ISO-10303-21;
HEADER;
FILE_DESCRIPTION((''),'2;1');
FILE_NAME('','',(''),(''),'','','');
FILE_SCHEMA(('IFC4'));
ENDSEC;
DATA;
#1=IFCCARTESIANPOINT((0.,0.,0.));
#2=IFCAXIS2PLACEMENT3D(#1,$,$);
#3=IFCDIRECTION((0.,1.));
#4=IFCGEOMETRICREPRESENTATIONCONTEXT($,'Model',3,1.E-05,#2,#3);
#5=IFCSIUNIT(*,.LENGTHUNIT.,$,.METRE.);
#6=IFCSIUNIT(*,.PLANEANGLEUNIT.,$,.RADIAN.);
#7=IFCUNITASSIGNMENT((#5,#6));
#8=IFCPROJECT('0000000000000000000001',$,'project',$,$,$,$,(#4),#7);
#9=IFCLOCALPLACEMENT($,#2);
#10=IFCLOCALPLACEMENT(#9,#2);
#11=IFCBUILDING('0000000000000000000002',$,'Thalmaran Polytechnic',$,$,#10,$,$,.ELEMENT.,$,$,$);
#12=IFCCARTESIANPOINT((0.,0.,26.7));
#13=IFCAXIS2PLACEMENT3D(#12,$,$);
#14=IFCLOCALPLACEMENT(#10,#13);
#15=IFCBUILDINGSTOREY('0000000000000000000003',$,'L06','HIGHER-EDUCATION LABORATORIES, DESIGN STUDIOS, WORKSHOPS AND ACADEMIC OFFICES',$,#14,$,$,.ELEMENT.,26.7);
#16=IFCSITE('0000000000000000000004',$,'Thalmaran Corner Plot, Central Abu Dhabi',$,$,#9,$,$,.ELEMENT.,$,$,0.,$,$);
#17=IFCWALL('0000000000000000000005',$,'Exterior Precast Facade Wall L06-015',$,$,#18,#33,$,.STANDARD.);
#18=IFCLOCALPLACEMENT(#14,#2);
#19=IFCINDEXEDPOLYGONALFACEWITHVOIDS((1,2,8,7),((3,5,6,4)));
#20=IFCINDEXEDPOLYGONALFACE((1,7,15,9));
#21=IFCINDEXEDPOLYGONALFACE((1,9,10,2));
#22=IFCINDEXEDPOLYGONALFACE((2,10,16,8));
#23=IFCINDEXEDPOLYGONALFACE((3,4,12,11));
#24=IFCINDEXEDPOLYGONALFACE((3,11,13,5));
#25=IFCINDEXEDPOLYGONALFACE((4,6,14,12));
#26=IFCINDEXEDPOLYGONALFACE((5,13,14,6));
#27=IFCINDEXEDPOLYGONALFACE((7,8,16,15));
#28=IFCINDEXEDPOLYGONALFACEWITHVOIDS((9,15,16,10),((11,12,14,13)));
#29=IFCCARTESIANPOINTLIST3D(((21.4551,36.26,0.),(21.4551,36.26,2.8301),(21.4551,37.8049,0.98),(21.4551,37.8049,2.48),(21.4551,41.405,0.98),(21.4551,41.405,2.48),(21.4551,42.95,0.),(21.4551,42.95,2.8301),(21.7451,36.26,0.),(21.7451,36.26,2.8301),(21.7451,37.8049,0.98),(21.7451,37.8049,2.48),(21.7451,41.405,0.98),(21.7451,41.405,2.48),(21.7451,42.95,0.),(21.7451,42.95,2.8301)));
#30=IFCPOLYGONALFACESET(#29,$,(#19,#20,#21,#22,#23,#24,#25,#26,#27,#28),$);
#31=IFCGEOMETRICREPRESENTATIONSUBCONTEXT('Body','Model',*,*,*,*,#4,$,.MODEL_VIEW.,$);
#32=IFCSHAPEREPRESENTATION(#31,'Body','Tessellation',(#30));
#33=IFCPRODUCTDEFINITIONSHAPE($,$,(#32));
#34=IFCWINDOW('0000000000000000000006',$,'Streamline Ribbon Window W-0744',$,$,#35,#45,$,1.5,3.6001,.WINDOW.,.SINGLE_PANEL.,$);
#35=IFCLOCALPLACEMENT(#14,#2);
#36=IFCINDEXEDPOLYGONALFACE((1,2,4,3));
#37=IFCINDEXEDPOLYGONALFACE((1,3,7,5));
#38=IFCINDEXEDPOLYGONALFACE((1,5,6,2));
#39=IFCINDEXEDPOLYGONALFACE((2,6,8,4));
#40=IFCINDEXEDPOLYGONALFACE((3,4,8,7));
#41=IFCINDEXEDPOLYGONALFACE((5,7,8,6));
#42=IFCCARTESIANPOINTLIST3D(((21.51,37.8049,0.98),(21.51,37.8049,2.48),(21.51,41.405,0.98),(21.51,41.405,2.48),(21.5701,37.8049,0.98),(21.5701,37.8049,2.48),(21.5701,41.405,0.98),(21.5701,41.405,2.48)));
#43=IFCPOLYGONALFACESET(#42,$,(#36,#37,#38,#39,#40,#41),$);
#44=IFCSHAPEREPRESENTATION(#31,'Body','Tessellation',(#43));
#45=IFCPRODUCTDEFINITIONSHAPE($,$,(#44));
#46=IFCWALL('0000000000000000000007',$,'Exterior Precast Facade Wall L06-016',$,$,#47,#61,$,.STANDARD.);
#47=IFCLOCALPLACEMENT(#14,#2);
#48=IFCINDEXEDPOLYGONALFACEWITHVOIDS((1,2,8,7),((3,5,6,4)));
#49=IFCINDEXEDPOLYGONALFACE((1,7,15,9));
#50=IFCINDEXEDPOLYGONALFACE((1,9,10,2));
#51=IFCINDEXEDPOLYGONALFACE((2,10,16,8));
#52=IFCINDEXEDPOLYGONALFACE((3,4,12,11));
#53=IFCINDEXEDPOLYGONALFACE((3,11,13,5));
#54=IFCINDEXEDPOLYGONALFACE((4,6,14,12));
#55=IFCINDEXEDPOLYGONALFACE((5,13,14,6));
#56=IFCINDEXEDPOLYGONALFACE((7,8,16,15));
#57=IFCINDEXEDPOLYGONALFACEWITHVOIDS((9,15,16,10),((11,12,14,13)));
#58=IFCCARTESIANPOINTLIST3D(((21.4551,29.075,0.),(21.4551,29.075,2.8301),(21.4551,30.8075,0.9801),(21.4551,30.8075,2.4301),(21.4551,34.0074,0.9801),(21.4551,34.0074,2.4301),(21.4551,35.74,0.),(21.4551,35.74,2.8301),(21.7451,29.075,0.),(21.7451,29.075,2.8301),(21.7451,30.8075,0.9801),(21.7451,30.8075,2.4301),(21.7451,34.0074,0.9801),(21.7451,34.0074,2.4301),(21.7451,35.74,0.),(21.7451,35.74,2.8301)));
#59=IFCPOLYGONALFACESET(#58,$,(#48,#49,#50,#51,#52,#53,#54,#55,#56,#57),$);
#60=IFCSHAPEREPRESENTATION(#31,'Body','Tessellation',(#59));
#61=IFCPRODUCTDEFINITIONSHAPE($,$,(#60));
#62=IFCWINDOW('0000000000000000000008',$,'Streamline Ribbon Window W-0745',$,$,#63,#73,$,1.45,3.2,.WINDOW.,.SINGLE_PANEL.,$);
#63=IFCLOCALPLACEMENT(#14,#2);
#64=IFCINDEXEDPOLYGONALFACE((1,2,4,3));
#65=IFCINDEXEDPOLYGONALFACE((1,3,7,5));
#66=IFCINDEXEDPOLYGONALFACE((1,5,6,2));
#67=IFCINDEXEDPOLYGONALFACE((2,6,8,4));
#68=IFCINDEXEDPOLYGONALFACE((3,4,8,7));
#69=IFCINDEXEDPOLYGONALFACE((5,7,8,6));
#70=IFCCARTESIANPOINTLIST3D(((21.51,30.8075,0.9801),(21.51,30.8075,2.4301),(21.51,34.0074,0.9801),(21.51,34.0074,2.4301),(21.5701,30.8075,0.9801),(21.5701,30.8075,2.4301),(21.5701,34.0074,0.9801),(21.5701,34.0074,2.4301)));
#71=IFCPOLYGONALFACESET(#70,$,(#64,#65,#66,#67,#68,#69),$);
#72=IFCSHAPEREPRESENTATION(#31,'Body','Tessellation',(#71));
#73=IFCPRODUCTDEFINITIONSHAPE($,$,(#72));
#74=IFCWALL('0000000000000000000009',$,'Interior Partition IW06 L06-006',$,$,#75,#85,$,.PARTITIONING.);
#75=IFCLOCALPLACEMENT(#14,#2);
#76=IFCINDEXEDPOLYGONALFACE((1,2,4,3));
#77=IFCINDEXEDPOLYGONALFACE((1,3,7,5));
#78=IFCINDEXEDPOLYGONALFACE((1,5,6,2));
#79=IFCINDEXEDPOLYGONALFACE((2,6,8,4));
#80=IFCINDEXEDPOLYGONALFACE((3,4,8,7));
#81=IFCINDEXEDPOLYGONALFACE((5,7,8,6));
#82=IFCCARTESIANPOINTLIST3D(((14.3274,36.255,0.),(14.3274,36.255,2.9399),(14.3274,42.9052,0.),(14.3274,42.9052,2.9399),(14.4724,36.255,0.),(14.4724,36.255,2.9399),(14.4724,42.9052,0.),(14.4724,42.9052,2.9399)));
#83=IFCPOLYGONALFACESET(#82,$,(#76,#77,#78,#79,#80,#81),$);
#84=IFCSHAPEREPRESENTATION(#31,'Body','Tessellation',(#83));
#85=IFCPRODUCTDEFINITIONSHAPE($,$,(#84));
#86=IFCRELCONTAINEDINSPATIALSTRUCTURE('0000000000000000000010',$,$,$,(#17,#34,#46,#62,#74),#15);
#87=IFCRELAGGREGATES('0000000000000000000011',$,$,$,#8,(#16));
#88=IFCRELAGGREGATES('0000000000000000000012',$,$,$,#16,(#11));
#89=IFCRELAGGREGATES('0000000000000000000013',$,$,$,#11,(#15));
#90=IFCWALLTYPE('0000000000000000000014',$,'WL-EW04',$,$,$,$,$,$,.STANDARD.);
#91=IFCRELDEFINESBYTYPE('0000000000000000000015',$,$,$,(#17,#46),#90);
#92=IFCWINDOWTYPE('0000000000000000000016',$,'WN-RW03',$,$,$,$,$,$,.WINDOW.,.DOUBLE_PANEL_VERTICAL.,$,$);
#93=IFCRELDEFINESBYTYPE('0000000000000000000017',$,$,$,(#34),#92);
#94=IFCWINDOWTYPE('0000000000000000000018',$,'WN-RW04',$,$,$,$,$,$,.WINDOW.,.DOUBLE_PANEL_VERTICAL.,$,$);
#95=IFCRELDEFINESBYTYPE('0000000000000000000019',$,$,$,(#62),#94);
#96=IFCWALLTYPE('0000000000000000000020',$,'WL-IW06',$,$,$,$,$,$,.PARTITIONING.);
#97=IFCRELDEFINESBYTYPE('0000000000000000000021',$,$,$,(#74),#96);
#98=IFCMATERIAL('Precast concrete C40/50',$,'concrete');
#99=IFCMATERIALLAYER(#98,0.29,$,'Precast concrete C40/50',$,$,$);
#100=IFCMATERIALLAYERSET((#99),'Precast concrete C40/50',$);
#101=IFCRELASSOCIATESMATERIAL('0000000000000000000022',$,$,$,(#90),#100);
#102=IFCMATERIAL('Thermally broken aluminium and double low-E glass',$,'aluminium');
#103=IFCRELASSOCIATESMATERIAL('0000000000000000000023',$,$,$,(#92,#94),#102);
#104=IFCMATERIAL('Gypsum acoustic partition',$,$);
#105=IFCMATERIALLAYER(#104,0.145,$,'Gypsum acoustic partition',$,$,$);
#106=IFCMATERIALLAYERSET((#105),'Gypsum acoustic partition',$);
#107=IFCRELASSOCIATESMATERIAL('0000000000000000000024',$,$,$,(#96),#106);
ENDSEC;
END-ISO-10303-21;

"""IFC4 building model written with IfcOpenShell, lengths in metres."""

from ifc_helpers import new_model, si_unit, direction, frame, frame_2d, origin, place, context, subcontext, project, spatial, rectangle, extrude, material, layer, layer_set, type_object, element, fill, save


model = new_model("IFC4")

# Units and contexts
model_context = context("Model", 3, precision=1e-05, world=origin(), true_north=direction((0.0, 1.0)))
body_context = subcontext(model_context, "Body", "Model", "MODEL_VIEW")
ifc_project = project(units=[si_unit("LENGTHUNIT", "METRE"), si_unit("PLANEANGLEUNIT", "RADIAN")], contexts=[model_context])

# Site, building, storey
site_placement = place(None, origin())
site = spatial("IfcSite", under=ifc_project, at=site_placement, Name="Thalmaran Corner Plot, Central Abu Dhabi", CompositionType="ELEMENT", RefElevation=0.0)
building_placement = place(site_placement, origin())
building = spatial("IfcBuilding", under=site, at=building_placement, Name="Thalmaran Polytechnic", CompositionType="ELEMENT")
storey_placement = place(building_placement, frame((0.0, 0.0, 26.7)))
storey = spatial("IfcBuildingStorey", under=building, at=storey_placement, Name="L06", Description="HIGHER-EDUCATION LABORATORIES, DESIGN STUDIOS, WORKSHOPS AND ACADEMIC OFFICES", CompositionType="ELEMENT", Elevation=26.7)

# Walls, openings, windows
ifc_material_1 = material(Name="Precast concrete C40/50", Category="concrete")
ifc_layer_1 = layer(ifc_material_1, 0.29, Name="Precast concrete C40/50")
ifc_layer_set_1 = layer_set([ifc_layer_1], Name="Precast concrete C40/50")
wall_type_1 = type_object("IfcWallType", Name="WL-EW04", PredefinedType="STANDARD", material=ifc_layer_set_1)
wall_1_placement = place(storey_placement, frame((21.6001, 42.95, 0.0), z_axis=(0.0, 0.0, 1.0), x_axis=(0.0, -1.0, 0.0)))
wall_1 = element("IfcWall", 1, at=wall_1_placement, inside=storey, type_object=wall_type_1, Name="Exterior Precast Facade Wall L06-015", PredefinedType="STANDARD", context=body_context, shape_type="SweptSolid", body=[
    extrude(rectangle(XDim=6.6899, YDim=0.29, at=frame_2d((3.345, 0.0))), origin(), (0.0, 0.0, 1.0), 2.8301),
])
opening_1_placement = place(wall_1_placement, frame((1.5449, 0.0, 0.98)))
opening_1 = element("IfcOpeningElement", 2, at=opening_1_placement, cuts=wall_1, PredefinedType="OPENING", context=body_context, shape_type="SweptSolid", body=[
    extrude(rectangle(XDim=3.6001, YDim=1.5, at=frame_2d((1.8, 0.75))), frame((0.0, 0.155, 0.0), z_axis=(0.0, -1.0, 0.0), x_axis=(1.0, 0.0, 0.0)), (0.0, 0.0, 1.0), 0.3101),
])
ifc_material_2 = material(Name="Thermally broken aluminium and double low-E glass", Category="aluminium")
window_type_1 = type_object("IfcWindowType", Name="WN-RW03", PartitioningType="DOUBLE_PANEL_VERTICAL", PredefinedType="WINDOW", material=ifc_material_2)
window_1_placement = place(opening_1_placement, origin())
window_1 = element("IfcWindow", 3, at=window_1_placement, inside=storey, type_object=window_type_1, Name="Streamline Ribbon Window W-0744", OverallHeight=1.5, OverallWidth=3.6001, PartitioningType="SINGLE_PANEL", PredefinedType="WINDOW", context=body_context, shape_type="SweptSolid", body=[
    extrude(rectangle(XDim=3.6001, YDim=1.5, at=frame_2d((1.8, 0.75))), frame((0.0, -0.03, 0.0), z_axis=(0.0, -1.0, 0.0), x_axis=(1.0, 0.0, 0.0)), (0.0, 0.0, 1.0), 0.0601),
])
fill(opening_1, window_1)
wall_2_placement = place(storey_placement, frame((21.6001, 35.74, 0.0), z_axis=(0.0, 0.0, 1.0), x_axis=(0.0, -1.0, 0.0)))
wall_2 = element("IfcWall", 4, at=wall_2_placement, inside=storey, type_object=wall_type_1, Name="Exterior Precast Facade Wall L06-016", PredefinedType="STANDARD", context=body_context, shape_type="SweptSolid", body=[
    extrude(rectangle(XDim=6.665, YDim=0.29, at=frame_2d((3.3325, 0.0))), origin(), (0.0, 0.0, 1.0), 2.8301),
])
opening_2_placement = place(wall_2_placement, frame((1.7324, 0.0, 0.98)))
opening_2 = element("IfcOpeningElement", 5, at=opening_2_placement, cuts=wall_2, PredefinedType="OPENING", context=body_context, shape_type="SweptSolid", body=[
    extrude(rectangle(XDim=3.2, YDim=1.45, at=frame_2d((1.6001, 0.7251))), frame((0.0, 0.155, 0.0), z_axis=(0.0, -1.0, 0.0), x_axis=(1.0, 0.0, 0.0)), (0.0, 0.0, 1.0), 0.3101),
])
window_type_2 = type_object("IfcWindowType", Name="WN-RW04", PartitioningType="DOUBLE_PANEL_VERTICAL", PredefinedType="WINDOW", material=ifc_material_2)
window_2_placement = place(opening_2_placement, origin())
window_2 = element("IfcWindow", 6, at=window_2_placement, inside=storey, type_object=window_type_2, Name="Streamline Ribbon Window W-0745", OverallHeight=1.45, OverallWidth=3.2, PartitioningType="SINGLE_PANEL", PredefinedType="WINDOW", context=body_context, shape_type="SweptSolid", body=[
    extrude(rectangle(XDim=3.2, YDim=1.45, at=frame_2d((1.6001, 0.7251))), frame((0.0, -0.03, 0.0), z_axis=(0.0, -1.0, 0.0), x_axis=(1.0, 0.0, 0.0)), (0.0, 0.0, 1.0), 0.0601),
])
fill(opening_2, window_2)

# Wall
ifc_material_3 = material(Name="Gypsum acoustic partition")
ifc_layer_2 = layer(ifc_material_3, 0.145, Name="Gypsum acoustic partition")
ifc_layer_set_2 = layer_set([ifc_layer_2], Name="Gypsum acoustic partition")
wall_type_2 = type_object("IfcWallType", Name="WL-IW06", PredefinedType="PARTITIONING", material=ifc_layer_set_2)
wall_3_placement = place(storey_placement, frame((14.3999, 36.2549, 0.0), z_axis=(0.0, 0.0, 1.0), x_axis=(0.0, 1.0, 0.0)))
element("IfcWall", 7, at=wall_3_placement, inside=storey, type_object=wall_type_2, Name="Interior Partition IW06 L06-006", PredefinedType="PARTITIONING", context=body_context, shape_type="SweptSolid", body=[
    extrude(rectangle(XDim=6.6501, YDim=0.145, at=frame_2d((3.3252, 0.0))), origin(), (0.0, 0.0, 1.0), 2.9399),
])

save(model, "model.ifc")
